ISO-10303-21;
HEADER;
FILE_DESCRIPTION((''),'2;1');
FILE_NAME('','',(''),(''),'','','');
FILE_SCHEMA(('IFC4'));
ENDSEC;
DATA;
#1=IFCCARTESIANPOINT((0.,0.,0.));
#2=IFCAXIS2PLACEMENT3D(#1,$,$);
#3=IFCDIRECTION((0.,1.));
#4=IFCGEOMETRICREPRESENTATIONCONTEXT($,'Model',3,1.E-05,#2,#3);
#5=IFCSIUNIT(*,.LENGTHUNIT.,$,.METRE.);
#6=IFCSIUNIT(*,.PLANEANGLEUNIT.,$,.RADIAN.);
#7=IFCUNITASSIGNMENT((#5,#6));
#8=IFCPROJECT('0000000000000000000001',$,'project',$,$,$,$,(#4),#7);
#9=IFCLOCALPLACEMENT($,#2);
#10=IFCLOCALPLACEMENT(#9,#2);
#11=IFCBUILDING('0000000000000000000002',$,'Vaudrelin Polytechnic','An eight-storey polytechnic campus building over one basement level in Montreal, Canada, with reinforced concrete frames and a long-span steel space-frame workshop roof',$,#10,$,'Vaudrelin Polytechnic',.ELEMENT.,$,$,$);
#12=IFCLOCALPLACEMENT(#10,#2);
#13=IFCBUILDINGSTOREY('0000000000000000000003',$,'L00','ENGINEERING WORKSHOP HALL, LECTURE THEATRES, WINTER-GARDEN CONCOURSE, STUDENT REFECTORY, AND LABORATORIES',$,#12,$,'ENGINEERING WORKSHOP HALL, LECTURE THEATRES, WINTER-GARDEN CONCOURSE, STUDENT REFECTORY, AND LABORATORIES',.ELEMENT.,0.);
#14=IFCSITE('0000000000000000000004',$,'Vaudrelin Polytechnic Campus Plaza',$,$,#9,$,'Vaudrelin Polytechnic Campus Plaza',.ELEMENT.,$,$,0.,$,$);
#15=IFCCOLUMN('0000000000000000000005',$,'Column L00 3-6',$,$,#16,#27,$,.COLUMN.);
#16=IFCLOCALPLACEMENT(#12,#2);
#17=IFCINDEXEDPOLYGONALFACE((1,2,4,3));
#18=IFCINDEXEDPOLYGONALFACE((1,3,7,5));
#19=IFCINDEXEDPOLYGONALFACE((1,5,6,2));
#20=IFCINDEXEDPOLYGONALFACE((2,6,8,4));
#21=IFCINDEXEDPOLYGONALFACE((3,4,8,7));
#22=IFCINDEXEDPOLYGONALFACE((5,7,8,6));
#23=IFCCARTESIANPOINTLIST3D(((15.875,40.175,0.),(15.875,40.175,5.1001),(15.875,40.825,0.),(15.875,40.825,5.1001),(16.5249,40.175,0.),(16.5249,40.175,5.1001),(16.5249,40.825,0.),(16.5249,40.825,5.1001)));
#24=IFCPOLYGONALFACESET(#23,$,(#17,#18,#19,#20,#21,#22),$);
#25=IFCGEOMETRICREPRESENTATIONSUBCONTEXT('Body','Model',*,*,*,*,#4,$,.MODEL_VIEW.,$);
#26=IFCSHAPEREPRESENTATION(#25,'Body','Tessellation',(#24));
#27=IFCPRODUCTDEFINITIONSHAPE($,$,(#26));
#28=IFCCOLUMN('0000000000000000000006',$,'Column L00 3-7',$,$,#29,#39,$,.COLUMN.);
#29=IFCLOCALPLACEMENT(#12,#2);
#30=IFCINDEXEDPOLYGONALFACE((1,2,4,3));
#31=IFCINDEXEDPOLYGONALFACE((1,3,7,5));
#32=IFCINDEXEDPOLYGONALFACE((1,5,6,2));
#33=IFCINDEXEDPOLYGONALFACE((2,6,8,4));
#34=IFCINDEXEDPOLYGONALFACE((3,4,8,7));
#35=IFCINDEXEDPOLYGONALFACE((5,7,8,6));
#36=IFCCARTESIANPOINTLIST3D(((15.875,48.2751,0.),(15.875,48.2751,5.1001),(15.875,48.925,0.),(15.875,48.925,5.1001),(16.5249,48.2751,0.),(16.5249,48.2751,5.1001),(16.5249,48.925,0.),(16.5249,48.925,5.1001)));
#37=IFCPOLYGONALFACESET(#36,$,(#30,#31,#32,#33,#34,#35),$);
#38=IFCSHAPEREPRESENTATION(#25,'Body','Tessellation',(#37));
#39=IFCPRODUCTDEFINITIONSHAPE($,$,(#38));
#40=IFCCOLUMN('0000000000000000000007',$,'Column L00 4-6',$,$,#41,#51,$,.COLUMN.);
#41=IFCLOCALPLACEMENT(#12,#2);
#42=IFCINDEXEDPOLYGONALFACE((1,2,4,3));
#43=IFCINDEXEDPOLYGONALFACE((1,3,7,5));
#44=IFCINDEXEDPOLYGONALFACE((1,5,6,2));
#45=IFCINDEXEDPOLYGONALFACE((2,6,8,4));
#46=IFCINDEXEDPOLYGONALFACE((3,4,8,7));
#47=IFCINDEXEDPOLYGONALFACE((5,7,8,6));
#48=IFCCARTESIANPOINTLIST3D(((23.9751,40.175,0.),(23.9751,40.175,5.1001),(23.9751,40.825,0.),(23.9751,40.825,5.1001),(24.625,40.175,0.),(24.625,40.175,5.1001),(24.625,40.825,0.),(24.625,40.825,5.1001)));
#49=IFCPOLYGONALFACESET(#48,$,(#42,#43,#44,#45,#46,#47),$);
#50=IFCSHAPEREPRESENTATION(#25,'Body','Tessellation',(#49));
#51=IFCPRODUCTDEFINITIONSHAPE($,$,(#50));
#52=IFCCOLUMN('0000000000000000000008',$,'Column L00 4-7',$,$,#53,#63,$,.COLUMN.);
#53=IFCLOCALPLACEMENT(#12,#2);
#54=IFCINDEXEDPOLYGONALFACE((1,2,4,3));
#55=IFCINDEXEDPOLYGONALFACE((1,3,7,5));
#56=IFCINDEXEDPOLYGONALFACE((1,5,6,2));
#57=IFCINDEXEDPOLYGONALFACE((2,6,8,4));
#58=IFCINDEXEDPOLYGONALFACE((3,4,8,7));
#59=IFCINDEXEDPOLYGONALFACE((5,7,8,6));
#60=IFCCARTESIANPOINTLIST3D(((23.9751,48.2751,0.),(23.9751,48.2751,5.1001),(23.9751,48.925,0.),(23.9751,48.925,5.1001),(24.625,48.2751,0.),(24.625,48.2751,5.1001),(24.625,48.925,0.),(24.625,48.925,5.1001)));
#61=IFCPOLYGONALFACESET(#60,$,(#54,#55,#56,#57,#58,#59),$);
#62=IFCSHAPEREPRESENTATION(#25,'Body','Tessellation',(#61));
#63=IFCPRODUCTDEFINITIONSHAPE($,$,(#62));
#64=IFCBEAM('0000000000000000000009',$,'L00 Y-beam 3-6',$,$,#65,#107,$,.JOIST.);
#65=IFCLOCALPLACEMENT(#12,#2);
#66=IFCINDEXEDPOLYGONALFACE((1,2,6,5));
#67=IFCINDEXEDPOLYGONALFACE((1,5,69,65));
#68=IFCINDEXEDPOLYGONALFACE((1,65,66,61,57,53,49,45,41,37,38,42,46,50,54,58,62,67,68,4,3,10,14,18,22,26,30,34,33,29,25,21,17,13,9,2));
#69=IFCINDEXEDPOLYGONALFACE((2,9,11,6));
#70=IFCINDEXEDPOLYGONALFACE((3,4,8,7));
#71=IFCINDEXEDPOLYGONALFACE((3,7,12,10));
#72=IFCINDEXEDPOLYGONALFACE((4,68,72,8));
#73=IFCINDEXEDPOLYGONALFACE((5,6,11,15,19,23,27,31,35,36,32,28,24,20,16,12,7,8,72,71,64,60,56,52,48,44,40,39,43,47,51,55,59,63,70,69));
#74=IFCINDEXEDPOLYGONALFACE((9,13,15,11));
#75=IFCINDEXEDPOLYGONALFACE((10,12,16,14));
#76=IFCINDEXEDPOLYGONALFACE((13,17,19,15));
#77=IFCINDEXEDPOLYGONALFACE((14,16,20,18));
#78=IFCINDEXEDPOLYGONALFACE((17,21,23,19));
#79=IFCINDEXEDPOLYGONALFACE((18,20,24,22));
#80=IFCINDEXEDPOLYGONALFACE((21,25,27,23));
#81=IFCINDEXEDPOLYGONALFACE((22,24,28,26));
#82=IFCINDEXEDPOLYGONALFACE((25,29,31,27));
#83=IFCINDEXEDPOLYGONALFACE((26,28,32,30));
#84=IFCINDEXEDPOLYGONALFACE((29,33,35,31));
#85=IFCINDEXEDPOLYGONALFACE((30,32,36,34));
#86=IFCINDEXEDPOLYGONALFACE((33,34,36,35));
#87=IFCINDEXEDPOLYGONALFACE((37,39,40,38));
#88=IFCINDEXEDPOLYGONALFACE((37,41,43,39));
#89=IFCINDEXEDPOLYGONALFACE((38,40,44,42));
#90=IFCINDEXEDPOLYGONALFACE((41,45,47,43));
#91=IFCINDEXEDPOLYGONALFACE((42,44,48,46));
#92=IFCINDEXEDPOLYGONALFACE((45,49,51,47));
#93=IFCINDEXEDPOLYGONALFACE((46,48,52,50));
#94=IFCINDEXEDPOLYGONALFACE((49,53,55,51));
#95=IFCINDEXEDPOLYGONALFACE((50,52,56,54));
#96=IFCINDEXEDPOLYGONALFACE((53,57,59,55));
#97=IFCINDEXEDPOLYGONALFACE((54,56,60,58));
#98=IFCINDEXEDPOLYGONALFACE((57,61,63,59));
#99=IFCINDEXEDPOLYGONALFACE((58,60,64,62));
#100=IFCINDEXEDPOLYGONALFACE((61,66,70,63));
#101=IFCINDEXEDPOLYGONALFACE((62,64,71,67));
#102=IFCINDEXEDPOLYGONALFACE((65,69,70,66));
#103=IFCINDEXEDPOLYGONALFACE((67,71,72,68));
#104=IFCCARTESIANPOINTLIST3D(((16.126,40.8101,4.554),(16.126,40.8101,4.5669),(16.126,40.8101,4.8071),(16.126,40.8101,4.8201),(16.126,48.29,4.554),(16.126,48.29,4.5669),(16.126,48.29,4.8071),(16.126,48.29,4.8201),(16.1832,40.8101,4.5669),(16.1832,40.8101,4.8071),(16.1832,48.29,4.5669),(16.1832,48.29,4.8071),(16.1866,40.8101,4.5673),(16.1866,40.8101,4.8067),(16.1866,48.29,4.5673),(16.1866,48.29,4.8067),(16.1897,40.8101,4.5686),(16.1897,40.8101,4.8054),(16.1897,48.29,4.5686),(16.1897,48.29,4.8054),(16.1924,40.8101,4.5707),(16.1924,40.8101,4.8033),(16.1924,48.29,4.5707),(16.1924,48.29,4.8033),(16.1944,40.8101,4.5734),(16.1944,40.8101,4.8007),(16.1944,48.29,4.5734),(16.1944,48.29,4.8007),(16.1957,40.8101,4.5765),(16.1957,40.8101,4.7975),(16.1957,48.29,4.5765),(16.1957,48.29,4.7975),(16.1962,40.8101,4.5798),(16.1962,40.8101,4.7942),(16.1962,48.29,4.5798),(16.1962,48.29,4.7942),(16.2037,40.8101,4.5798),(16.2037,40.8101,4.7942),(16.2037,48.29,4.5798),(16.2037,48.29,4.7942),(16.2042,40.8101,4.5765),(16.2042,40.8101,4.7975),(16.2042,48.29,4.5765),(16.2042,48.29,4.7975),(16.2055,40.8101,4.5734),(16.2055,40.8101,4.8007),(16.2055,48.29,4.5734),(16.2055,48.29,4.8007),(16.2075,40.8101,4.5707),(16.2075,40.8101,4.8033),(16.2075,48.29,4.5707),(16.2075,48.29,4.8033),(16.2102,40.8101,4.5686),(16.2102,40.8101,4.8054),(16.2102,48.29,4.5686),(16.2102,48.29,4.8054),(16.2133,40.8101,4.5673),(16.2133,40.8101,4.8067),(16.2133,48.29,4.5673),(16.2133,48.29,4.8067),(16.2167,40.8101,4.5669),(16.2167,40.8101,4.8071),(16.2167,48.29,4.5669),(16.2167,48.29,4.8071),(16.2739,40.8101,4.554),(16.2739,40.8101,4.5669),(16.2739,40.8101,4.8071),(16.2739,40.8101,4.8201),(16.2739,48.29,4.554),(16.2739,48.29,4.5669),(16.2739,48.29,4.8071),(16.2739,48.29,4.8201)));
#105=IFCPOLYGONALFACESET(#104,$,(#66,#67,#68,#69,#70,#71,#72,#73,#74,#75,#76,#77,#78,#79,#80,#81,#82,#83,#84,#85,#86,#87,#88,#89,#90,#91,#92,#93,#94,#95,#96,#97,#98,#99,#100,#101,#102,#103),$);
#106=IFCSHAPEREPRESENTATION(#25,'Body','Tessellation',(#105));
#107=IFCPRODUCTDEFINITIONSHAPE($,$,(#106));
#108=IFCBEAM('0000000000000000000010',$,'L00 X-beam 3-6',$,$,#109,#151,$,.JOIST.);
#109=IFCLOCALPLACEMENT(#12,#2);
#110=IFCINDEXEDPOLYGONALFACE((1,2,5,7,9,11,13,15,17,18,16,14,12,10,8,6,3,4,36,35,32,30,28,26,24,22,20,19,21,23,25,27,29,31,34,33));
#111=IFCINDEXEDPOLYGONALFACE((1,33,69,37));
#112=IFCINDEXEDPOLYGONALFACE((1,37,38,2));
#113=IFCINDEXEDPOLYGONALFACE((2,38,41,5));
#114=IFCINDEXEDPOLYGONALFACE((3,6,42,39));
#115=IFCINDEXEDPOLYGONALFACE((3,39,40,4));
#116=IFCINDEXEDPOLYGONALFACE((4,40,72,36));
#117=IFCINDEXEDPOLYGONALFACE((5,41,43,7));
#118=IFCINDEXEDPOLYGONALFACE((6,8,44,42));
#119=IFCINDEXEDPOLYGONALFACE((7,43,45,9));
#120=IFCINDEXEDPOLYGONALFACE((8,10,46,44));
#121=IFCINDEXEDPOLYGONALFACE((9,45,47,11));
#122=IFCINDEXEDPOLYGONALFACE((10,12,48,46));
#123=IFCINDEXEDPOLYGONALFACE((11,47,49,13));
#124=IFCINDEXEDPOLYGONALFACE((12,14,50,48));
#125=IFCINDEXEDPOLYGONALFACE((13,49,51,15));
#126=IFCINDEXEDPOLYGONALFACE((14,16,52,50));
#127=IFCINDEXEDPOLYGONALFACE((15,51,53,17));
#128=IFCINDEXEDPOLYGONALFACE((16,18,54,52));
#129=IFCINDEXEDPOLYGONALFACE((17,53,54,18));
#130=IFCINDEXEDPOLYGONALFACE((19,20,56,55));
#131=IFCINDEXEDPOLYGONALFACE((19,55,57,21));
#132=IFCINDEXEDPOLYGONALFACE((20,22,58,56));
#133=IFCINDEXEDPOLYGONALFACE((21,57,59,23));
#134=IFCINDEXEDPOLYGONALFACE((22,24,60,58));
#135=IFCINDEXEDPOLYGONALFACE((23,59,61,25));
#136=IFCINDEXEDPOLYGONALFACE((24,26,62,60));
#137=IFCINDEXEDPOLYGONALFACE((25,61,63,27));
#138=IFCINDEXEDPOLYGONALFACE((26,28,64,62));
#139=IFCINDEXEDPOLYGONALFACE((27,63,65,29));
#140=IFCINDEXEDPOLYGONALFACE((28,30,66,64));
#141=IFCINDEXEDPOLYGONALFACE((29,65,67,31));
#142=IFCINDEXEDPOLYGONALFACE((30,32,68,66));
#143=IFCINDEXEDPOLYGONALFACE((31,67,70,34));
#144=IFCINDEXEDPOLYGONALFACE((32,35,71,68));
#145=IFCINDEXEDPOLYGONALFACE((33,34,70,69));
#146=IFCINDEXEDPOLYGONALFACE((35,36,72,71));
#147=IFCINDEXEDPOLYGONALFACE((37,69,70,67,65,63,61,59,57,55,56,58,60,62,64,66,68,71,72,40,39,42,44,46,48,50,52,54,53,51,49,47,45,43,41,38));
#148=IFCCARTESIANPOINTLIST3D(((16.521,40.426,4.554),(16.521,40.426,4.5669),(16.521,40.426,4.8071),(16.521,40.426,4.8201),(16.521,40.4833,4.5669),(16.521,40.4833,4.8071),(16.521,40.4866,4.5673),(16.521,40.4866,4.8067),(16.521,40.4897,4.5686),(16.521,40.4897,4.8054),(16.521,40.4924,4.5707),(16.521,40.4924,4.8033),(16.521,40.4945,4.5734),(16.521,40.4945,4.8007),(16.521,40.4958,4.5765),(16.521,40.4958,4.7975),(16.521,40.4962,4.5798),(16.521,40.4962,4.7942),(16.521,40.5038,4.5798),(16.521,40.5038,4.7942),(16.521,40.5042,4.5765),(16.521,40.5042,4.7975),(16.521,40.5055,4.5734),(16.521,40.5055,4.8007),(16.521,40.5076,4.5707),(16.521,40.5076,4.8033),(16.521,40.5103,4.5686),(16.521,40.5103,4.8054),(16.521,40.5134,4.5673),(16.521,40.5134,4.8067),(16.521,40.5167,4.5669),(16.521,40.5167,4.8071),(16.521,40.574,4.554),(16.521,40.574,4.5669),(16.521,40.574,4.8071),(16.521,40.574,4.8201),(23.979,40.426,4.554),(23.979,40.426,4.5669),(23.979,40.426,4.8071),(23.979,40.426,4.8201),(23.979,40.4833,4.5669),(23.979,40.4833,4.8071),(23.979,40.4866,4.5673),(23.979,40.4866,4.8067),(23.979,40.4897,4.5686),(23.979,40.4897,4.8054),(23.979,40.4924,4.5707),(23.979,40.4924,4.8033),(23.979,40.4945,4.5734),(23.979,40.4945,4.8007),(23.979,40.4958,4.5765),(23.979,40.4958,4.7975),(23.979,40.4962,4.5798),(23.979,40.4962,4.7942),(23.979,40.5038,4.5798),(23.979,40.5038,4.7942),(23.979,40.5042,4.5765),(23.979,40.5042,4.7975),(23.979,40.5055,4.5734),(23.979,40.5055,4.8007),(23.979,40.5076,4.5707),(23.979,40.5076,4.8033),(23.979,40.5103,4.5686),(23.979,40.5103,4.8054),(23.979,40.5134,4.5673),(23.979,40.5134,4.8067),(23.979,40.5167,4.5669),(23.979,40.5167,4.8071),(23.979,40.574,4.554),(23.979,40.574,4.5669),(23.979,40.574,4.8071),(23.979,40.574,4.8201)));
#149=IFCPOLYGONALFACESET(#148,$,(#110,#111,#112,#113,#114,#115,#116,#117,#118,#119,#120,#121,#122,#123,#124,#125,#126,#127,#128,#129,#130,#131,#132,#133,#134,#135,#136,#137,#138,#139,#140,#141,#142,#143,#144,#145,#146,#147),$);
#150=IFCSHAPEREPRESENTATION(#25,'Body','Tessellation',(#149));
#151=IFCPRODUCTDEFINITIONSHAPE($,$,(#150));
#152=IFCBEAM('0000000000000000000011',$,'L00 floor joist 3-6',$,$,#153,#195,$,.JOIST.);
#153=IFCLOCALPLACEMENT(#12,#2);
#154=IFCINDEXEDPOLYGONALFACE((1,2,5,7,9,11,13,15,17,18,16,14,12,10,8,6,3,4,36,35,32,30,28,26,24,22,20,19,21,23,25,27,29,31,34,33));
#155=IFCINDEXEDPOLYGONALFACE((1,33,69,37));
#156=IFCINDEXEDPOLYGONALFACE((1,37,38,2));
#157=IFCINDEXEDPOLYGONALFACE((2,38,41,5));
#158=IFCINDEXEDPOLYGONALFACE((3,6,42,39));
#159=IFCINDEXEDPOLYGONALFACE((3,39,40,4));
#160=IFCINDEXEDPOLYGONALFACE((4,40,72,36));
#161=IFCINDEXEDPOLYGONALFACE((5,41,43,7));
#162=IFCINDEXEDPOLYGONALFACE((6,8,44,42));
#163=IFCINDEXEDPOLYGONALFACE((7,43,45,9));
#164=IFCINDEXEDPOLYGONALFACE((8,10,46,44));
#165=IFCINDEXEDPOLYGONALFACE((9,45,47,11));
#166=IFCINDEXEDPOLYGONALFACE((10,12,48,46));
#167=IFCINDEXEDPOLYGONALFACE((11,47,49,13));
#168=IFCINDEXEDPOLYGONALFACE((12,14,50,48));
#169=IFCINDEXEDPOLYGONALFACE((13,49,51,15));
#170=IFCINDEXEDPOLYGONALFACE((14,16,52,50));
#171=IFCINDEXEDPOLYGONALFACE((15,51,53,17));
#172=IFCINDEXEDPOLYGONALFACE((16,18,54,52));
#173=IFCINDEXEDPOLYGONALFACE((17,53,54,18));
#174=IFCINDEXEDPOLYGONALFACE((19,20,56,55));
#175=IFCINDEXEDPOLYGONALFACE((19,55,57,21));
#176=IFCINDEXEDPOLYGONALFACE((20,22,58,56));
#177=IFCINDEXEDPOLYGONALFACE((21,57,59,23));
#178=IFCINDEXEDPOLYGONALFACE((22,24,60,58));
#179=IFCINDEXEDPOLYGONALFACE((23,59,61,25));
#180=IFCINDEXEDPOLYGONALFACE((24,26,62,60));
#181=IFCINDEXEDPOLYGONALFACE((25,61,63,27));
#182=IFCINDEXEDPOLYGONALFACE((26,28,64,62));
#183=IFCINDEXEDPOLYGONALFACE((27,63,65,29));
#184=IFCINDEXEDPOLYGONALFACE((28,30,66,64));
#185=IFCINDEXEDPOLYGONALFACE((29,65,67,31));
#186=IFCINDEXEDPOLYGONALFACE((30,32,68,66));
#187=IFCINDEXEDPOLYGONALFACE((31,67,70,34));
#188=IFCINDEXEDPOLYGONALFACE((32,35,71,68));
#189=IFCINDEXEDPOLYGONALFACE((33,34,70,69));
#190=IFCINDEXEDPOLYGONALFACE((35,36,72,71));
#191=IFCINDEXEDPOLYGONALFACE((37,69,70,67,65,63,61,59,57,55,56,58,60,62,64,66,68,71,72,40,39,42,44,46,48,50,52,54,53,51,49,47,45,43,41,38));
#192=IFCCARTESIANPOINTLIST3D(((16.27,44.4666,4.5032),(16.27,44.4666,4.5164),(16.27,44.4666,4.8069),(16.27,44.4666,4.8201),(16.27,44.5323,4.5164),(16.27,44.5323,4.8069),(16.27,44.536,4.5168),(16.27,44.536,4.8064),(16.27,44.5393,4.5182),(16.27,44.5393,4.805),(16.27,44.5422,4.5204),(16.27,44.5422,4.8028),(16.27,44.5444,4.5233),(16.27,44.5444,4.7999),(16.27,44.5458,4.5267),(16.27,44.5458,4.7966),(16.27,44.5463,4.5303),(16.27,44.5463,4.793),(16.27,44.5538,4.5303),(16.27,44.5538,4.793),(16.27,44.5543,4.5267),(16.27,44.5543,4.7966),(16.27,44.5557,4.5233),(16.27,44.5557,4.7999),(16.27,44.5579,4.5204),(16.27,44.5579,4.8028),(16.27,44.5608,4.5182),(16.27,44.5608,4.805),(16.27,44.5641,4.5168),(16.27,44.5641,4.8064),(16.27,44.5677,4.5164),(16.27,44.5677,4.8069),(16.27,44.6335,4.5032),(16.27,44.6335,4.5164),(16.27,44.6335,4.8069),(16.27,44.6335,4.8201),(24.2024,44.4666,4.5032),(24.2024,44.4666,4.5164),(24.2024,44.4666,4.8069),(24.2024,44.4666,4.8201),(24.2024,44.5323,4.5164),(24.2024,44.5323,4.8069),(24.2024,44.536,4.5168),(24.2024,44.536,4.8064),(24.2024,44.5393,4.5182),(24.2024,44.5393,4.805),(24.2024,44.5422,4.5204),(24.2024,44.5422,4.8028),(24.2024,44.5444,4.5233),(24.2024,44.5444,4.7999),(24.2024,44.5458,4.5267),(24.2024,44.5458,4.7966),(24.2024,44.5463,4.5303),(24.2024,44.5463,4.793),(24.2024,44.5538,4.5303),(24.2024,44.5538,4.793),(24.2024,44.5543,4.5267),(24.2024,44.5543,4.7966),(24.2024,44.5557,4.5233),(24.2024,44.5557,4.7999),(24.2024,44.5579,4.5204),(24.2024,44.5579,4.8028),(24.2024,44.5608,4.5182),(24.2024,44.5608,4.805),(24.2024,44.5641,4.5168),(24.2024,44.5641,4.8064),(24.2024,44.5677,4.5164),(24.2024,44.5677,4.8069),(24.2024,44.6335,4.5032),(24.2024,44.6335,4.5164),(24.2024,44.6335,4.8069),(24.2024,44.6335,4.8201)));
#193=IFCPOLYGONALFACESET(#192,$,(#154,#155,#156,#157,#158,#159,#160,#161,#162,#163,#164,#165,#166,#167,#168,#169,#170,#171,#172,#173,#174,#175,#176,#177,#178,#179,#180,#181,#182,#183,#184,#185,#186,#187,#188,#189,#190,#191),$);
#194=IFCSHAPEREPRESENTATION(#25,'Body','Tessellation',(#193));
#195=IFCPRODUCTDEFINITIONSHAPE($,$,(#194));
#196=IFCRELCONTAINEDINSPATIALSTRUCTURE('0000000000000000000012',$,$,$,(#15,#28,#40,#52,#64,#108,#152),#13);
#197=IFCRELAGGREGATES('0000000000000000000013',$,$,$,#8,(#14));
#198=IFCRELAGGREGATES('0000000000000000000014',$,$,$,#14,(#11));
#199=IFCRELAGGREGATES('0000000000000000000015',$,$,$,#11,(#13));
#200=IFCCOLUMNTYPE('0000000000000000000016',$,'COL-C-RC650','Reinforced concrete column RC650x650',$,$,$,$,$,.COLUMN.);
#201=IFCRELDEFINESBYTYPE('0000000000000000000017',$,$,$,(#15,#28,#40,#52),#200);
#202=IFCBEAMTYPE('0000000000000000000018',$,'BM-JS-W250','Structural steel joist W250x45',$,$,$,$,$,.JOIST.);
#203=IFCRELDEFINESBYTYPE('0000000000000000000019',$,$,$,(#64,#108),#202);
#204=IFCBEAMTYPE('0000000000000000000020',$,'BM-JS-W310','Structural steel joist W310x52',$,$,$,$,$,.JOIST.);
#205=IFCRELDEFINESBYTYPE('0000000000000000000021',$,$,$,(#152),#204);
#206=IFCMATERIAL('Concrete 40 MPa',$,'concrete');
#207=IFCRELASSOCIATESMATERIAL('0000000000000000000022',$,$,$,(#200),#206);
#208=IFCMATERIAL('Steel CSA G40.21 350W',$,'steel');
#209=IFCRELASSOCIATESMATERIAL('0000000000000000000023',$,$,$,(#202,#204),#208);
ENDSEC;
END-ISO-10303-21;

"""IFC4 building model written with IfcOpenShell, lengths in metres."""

from ifc_helpers import new_model, si_unit, direction, frame, origin, origin_2d, place, context, subcontext, project, spatial, rectangle, i_section, extrude, material, material_profile, profile_set, type_object, element, save


model = new_model("IFC4")

# Units and contexts
model_context = context("Model", 3, precision=1e-05, world=origin(), true_north=direction((0.0, 1.0)))
body_context = subcontext(model_context, "Body", "Model", "MODEL_VIEW")
ifc_project = project(units=[si_unit("LENGTHUNIT", "METRE"), si_unit("PLANEANGLEUNIT", "RADIAN")], contexts=[model_context])

# Site, building, storey
site_placement = place(None, origin())
site = spatial("IfcSite", under=ifc_project, at=site_placement, Name="Vaudrelin Polytechnic Campus Plaza", LongName="Vaudrelin Polytechnic Campus Plaza", CompositionType="ELEMENT", RefElevation=0.0)
building_placement = place(site_placement, origin())
building = spatial("IfcBuilding", under=site, at=building_placement, Name="Vaudrelin Polytechnic", Description="An eight-storey polytechnic campus building over one basement level in Montreal, Canada, with reinforced concrete frames and a long-span steel space-frame workshop roof", LongName="Vaudrelin Polytechnic", CompositionType="ELEMENT")
storey_placement = place(building_placement, origin())
storey = spatial("IfcBuildingStorey", under=building, at=storey_placement, Name="L00", Description="ENGINEERING WORKSHOP HALL, LECTURE THEATRES, WINTER-GARDEN CONCOURSE, STUDENT REFECTORY, AND LABORATORIES", LongName="ENGINEERING WORKSHOP HALL, LECTURE THEATRES, WINTER-GARDEN CONCOURSE, STUDENT REFECTORY, AND LABORATORIES", CompositionType="ELEMENT", Elevation=0.0)

# Columns
ifc_material_1 = material(Name="Concrete 40 MPa", Category="concrete")
ifc_material_profile_1 = material_profile(ifc_material_1, rectangle(XDim=0.6499, YDim=0.6499, at=origin_2d()), Name="RC650x650")
ifc_profile_set_1 = profile_set([ifc_material_profile_1], Name="Concrete 40 MPa")
column_type = type_object("IfcColumnType", Name="COL-C-RC650", Description="Reinforced concrete column RC650x650", PredefinedType="COLUMN", material=ifc_profile_set_1)
for number, where, z_axis, x_axis, name in (
    (1, (16.2, 40.5, 0.0), (0.0, 0.0, 1.0), (1.0, 0.0, 0.0), "Column L00 3-6"),
    (2, (16.2, 48.6001, 0.0), (0.0, 0.0, 1.0), (1.0, 0.0, 0.0), "Column L00 3-7"),
    (3, (24.3, 40.5, 0.0), (0.0, 0.0, 1.0), (1.0, 0.0, 0.0), "Column L00 4-6"),
    (4, (24.3, 48.6001, 0.0), (0.0, 0.0, 1.0), (1.0, 0.0, 0.0), "Column L00 4-7"),
):
    element("IfcColumn", number, at=place(storey_placement, frame(where, z_axis=z_axis, x_axis=x_axis)), inside=storey, type_object=column_type, Name=name, PredefinedType="COLUMN", context=body_context, shape_type="SweptSolid", body=[
        extrude(rectangle(XDim=0.6499, YDim=0.6499, at=origin_2d()), origin(), (0.0, 0.0, 1.0), 5.1001),
    ])

# Beams
ifc_material_2 = material(Name="Steel CSA G40.21 350W", Category="steel")
ifc_material_profile_2 = material_profile(ifc_material_2, i_section(OverallWidth=0.1479, OverallDepth=0.2661, WebThickness=0.0076, FlangeThickness=0.0129, FilletRadius=0.0129, at=origin_2d()), Name="W250x45")
ifc_profile_set_2 = profile_set([ifc_material_profile_2], Name="Steel CSA G40.21 350W")
beam_type_1 = type_object("IfcBeamType", Name="BM-JS-W250", Description="Structural steel joist W250x45", PredefinedType="JOIST", material=ifc_profile_set_2)
beam_1_placement = place(storey_placement, frame((16.2, 40.8101, 4.687), z_axis=(0.0, 1.0, 0.0), x_axis=(-1.0, 0.0, 0.0)))
element("IfcBeam", 5, at=beam_1_placement, inside=storey, type_object=beam_type_1, Name="L00 Y-beam 3-6", PredefinedType="JOIST", context=body_context, shape_type="SweptSolid", body=[
    extrude(i_section(OverallWidth=0.1479, OverallDepth=0.2661, WebThickness=0.0076, FlangeThickness=0.0129, FilletRadius=0.0129, at=origin_2d()), origin(), (0.0, 0.0, 1.0), 7.48),
])
beam_2_placement = place(storey_placement, frame((16.521, 40.5, 4.687), z_axis=(1.0, 0.0, 0.0), x_axis=(0.0, 1.0, 0.0)))
element("IfcBeam", 6, at=beam_2_placement, inside=storey, type_object=beam_type_1, Name="L00 X-beam 3-6", PredefinedType="JOIST", context=body_context, shape_type="SweptSolid", body=[
    extrude(i_section(OverallWidth=0.1479, OverallDepth=0.2661, WebThickness=0.0076, FlangeThickness=0.0129, FilletRadius=0.0129, at=origin_2d()), origin(), (0.0, 0.0, 1.0), 7.458),
])
ifc_material_profile_3 = material_profile(ifc_material_2, i_section(OverallWidth=0.167, OverallDepth=0.3169, WebThickness=0.0076, FlangeThickness=0.0132, FilletRadius=0.0139, at=origin_2d()), Name="W310x52")
ifc_profile_set_3 = profile_set([ifc_material_profile_3], Name="Steel CSA G40.21 350W")
beam_type_2 = type_object("IfcBeamType", Name="BM-JS-W310", Description="Structural steel joist W310x52", PredefinedType="JOIST", material=ifc_profile_set_3)
beam_3_placement = place(storey_placement, frame((16.27, 44.55, 4.6616), z_axis=(1.0, 0.0, 0.0), x_axis=(0.0, 1.0, 0.0)))
element("IfcBeam", 7, at=beam_3_placement, inside=storey, type_object=beam_type_2, Name="L00 floor joist 3-6", PredefinedType="JOIST", context=body_context, shape_type="SweptSolid", body=[
    extrude(i_section(OverallWidth=0.167, OverallDepth=0.3169, WebThickness=0.0076, FlangeThickness=0.0132, FilletRadius=0.0139, at=origin_2d()), origin(), (0.0, 0.0, 1.0), 7.9324),
])

save(model, "model.ifc")
